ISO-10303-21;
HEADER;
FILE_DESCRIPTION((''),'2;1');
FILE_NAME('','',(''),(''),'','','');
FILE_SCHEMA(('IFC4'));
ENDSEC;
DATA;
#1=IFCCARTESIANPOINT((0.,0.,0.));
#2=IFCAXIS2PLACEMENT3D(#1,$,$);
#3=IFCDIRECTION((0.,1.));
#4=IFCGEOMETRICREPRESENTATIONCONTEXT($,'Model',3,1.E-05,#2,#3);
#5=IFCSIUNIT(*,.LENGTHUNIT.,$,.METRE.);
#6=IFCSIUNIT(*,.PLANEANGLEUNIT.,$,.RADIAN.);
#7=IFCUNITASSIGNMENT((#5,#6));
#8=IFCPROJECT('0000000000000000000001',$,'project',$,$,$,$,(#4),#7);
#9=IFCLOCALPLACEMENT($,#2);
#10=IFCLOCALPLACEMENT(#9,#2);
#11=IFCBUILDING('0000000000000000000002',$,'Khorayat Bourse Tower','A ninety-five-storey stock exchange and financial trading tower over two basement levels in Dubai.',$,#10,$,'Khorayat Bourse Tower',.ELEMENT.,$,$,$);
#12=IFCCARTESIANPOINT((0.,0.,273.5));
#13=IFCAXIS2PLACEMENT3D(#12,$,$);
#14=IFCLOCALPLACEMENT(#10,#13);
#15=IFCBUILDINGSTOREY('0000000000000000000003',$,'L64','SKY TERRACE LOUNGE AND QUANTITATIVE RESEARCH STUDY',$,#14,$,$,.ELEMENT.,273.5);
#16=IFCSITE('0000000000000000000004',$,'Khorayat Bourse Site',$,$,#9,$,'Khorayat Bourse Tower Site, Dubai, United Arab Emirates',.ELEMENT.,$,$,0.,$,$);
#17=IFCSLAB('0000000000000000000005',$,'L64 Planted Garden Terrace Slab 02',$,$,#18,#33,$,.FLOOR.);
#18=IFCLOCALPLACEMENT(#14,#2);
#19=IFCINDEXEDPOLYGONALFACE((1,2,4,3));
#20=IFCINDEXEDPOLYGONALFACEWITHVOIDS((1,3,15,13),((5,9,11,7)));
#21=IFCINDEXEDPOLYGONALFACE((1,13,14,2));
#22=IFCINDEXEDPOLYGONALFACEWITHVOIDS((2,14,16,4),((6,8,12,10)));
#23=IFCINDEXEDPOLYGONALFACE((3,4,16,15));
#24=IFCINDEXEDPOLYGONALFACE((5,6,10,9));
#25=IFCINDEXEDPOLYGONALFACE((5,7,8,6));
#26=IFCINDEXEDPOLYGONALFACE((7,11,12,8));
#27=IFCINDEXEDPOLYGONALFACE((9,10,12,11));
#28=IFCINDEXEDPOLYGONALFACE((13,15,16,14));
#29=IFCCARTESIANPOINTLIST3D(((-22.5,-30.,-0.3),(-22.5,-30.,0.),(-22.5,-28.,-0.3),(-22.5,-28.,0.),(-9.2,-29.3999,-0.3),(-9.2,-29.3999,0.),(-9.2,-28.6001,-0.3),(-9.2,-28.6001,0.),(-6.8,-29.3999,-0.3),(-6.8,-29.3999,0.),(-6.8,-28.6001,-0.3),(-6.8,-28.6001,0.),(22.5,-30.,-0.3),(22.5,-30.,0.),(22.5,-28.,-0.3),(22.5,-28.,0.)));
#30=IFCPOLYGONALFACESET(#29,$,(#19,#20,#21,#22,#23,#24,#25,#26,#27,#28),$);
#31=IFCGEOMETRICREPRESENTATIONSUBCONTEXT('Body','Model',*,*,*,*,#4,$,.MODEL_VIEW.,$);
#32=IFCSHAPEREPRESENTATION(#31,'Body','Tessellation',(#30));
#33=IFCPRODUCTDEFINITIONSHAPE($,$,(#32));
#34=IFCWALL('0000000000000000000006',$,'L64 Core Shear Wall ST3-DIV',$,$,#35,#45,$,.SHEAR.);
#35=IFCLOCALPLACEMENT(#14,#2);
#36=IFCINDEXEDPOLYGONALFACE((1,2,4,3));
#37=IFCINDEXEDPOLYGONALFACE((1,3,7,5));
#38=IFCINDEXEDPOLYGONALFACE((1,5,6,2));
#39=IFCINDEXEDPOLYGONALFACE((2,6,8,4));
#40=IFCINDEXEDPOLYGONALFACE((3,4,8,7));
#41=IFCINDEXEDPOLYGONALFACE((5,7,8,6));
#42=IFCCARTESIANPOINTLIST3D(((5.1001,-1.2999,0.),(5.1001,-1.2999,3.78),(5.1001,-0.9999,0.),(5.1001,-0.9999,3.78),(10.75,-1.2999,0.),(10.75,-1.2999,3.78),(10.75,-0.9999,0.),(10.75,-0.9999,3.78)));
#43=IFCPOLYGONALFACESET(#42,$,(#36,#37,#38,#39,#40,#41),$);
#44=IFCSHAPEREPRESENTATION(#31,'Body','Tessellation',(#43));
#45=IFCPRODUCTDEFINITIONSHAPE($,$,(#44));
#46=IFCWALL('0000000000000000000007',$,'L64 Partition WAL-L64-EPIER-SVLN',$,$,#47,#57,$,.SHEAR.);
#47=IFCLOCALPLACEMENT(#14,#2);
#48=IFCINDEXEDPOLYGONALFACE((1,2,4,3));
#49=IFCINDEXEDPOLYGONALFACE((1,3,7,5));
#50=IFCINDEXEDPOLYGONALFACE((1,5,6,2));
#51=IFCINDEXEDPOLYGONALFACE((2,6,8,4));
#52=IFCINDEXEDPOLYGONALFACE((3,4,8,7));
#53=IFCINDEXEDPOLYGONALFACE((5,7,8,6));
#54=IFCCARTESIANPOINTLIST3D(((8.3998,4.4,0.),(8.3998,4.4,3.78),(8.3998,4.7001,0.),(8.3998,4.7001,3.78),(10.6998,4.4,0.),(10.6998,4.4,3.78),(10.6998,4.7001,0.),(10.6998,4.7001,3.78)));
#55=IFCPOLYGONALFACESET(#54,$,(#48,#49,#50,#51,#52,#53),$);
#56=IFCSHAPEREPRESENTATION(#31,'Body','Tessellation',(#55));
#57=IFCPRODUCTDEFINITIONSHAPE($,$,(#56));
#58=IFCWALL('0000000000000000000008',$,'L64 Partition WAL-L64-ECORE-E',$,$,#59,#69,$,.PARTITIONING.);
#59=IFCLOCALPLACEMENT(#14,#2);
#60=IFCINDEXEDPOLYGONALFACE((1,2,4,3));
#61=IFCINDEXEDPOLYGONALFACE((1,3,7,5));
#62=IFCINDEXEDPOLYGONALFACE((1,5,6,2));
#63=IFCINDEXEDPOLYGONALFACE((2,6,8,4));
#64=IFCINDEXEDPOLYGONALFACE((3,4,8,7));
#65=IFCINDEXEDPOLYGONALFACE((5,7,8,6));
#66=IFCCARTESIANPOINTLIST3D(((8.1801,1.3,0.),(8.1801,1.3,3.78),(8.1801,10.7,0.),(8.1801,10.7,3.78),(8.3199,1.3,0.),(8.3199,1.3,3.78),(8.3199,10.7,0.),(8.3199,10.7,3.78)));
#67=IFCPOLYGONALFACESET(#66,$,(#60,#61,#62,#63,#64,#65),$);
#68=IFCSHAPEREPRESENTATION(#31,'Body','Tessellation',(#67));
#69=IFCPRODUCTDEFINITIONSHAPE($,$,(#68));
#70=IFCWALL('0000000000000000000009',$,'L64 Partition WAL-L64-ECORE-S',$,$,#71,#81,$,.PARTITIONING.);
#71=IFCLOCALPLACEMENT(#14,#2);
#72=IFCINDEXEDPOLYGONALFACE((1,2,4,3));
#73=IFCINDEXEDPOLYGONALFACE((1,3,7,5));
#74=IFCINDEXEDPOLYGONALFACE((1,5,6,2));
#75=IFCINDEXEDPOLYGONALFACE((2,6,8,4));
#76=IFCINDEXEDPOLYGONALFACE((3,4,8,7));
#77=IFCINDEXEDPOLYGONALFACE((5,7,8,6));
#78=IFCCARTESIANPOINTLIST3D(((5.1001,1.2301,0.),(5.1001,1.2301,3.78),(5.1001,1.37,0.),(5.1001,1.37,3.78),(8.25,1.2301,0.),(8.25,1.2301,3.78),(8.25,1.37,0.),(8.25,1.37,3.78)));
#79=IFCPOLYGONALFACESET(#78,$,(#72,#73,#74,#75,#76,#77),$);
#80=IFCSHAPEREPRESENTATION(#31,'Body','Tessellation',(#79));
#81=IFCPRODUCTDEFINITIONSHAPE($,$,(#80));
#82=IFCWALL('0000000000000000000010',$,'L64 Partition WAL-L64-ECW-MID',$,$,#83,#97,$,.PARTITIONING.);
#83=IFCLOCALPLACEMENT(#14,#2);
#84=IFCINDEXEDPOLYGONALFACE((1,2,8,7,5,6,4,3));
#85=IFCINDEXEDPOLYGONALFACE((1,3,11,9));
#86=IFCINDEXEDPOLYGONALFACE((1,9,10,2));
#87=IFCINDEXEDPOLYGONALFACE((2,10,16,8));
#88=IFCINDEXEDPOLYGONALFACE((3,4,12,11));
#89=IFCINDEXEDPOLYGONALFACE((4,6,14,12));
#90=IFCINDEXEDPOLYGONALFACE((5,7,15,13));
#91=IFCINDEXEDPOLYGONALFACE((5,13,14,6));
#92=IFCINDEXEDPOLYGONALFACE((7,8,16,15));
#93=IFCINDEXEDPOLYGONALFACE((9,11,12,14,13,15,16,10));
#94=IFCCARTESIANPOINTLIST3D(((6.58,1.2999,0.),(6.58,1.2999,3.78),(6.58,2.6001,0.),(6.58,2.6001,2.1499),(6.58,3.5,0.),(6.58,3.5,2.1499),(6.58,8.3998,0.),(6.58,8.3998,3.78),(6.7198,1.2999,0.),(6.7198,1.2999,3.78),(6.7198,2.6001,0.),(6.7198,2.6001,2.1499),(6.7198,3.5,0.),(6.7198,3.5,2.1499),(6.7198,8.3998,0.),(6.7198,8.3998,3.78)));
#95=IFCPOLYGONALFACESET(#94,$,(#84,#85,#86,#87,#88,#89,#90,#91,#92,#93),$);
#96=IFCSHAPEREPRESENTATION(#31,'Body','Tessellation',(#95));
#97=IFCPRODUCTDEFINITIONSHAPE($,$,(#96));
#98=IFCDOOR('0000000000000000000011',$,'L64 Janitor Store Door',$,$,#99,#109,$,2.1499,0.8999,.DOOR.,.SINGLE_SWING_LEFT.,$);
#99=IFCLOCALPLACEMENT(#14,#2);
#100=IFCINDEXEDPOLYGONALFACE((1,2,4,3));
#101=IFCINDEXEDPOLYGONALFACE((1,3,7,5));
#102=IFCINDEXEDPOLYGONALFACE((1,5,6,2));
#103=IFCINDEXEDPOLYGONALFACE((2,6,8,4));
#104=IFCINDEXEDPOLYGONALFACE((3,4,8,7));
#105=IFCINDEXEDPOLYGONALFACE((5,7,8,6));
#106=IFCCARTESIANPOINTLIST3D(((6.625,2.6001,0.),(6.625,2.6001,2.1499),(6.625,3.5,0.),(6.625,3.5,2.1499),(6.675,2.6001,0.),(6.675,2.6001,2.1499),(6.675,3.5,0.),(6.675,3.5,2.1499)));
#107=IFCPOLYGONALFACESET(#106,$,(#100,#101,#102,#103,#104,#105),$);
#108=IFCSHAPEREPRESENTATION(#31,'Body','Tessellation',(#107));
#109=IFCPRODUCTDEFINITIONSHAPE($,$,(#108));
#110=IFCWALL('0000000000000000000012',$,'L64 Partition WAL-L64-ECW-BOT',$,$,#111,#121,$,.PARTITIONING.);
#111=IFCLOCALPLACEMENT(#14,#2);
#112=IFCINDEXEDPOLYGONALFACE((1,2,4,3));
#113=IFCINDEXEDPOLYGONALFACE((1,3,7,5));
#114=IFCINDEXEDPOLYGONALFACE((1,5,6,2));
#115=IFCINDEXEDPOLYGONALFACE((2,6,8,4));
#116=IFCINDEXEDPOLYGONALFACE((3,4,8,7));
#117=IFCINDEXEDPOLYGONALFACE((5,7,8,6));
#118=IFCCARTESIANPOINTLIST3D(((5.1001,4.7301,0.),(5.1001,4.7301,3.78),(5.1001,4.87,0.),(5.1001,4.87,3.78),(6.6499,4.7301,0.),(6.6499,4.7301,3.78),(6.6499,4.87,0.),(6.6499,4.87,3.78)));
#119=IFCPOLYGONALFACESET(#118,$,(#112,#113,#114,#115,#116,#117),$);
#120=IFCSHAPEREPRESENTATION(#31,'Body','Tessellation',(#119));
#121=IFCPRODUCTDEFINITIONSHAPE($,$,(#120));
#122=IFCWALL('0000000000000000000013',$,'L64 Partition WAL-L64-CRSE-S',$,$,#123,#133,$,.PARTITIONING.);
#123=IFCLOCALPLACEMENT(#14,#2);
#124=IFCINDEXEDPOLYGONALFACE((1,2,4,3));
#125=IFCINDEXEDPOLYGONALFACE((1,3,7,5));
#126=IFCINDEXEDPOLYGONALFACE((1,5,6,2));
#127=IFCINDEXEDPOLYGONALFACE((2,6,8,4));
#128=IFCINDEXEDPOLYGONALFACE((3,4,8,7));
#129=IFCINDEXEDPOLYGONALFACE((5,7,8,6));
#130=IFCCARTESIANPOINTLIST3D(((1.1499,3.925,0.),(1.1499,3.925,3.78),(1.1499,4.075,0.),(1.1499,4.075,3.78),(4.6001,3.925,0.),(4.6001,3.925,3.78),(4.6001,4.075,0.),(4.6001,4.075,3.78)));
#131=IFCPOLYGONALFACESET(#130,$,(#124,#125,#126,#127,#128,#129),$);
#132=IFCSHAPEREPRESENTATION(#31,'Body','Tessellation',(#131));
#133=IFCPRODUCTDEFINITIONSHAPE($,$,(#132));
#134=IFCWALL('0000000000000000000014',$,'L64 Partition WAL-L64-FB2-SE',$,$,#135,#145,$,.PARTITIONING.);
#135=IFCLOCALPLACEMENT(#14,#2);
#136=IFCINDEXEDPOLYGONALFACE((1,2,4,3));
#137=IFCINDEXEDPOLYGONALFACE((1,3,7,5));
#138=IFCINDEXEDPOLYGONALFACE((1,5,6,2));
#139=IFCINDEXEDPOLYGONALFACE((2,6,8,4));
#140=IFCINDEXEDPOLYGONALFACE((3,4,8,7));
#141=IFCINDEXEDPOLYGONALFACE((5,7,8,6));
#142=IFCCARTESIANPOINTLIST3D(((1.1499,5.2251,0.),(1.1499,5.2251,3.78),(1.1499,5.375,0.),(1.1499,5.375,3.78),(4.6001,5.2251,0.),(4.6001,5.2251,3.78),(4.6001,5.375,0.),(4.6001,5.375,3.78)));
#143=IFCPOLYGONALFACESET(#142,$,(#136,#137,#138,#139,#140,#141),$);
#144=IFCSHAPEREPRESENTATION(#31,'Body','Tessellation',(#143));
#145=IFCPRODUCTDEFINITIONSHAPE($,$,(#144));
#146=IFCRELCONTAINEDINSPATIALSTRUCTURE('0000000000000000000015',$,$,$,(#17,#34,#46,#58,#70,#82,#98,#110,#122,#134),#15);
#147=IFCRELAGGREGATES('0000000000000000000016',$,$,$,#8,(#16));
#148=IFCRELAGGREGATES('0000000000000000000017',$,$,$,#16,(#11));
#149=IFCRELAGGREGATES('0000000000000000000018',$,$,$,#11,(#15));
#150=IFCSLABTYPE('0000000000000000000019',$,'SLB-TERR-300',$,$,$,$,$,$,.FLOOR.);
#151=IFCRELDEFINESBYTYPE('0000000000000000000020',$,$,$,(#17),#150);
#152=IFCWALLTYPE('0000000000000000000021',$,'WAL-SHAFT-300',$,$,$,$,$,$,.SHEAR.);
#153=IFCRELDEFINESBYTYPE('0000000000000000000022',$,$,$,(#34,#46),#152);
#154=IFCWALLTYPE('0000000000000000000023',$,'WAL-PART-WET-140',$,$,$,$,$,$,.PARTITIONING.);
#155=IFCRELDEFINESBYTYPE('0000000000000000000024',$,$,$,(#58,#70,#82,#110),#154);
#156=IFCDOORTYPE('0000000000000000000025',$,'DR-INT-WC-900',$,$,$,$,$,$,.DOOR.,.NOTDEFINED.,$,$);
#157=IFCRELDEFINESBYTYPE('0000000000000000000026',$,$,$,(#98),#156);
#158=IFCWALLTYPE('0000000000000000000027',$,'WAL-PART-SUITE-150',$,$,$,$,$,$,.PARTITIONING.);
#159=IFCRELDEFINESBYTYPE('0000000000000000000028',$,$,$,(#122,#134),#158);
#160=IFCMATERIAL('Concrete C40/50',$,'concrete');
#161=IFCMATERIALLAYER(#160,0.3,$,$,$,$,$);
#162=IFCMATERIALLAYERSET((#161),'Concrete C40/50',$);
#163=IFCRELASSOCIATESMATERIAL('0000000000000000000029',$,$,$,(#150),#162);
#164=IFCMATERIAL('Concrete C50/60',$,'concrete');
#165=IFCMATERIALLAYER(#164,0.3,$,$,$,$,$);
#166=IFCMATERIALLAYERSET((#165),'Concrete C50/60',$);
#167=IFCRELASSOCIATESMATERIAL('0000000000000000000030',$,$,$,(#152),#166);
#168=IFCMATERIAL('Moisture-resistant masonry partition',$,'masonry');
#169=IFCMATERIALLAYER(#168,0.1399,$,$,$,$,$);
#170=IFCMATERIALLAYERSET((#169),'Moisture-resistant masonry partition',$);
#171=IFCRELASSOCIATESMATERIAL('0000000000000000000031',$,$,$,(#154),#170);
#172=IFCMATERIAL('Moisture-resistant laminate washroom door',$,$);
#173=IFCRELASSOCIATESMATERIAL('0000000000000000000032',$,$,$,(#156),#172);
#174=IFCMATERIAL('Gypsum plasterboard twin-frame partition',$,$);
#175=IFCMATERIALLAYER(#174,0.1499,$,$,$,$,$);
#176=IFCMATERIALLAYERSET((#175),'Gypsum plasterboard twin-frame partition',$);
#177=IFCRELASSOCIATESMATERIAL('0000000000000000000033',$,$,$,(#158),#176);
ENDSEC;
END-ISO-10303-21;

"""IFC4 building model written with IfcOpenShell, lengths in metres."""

from ifc_helpers import new_model, si_unit, direction, frame, frame_2d, origin, place, context, subcontext, project, spatial, polyline, rectangle, outline, extrude, source, transform, mapped, material, layer, layer_set, type_object, element, fill, save


model = new_model("IFC4")

# Units and contexts
model_context = context("Model", 3, precision=1e-05, world=origin(), true_north=direction((0.0, 1.0)))
body_context = subcontext(model_context, "Body", "Model", "MODEL_VIEW")
ifc_project = project(units=[si_unit("LENGTHUNIT", "METRE"), si_unit("PLANEANGLEUNIT", "RADIAN")], contexts=[model_context])

# Site, building, storey
site_placement = place(None, origin())
site = spatial("IfcSite", under=ifc_project, at=site_placement, Name="Khorayat Bourse Site", LongName="Khorayat Bourse Tower Site, Dubai, United Arab Emirates", CompositionType="ELEMENT", RefElevation=0.0)
building_placement = place(site_placement, origin())
building = spatial("IfcBuilding", under=site, at=building_placement, Name="Khorayat Bourse Tower", Description="A ninety-five-storey stock exchange and financial trading tower over two basement levels in Dubai.", LongName="Khorayat Bourse Tower", CompositionType="ELEMENT")
storey_placement = place(building_placement, frame((0.0, 0.0, 273.5)))
storey = spatial("IfcBuildingStorey", under=building, at=storey_placement, Name="L64", Description="SKY TERRACE LOUNGE AND QUANTITATIVE RESEARCH STUDY", CompositionType="ELEMENT", Elevation=273.5)

# Shared definitions
ifc_material_1 = material(Name="Concrete C40/50", Category="concrete")

# Slab
ifc_layer_1 = layer(ifc_material_1, 0.3)
ifc_layer_set_1 = layer_set([ifc_layer_1], Name="Concrete C40/50")
slab_type_1 = type_object("IfcSlabType", Name="SLB-TERR-300", PredefinedType="FLOOR", material=ifc_layer_set_1)
slab_1_placement = place(storey_placement, frame((0.0, 0.0, -0.3)))
element("IfcSlab", 1, at=slab_1_placement, inside=storey, type_object=slab_type_1, Name="L64 Planted Garden Terrace Slab 02", PredefinedType="FLOOR", context=body_context, shape_type="SweptSolid", body=[
    extrude(outline(polyline([(-22.5, -30.0), (22.5, -30.0), (22.5, -28.0), (-22.5, -28.0), (-22.5, -30.0)]), holes=[polyline([(-9.2, -29.3999), (-6.8, -29.3999), (-6.8, -28.6001), (-9.2, -28.6001), (-9.2, -29.3999)])]), origin(), (0.0, 0.0, 1.0), 0.3),
])

# Walls
ifc_material_2 = material(Name="Concrete C50/60", Category="concrete")
ifc_layer_2 = layer(ifc_material_2, 0.3)
ifc_layer_set_2 = layer_set([ifc_layer_2], Name="Concrete C50/60")
wall_type_1 = type_object("IfcWallType", Name="WAL-SHAFT-300", PredefinedType="SHEAR", material=ifc_layer_set_2)
shared_shape_1 = source(origin(), body_context, "Body", "SweptSolid", [
    extrude(rectangle(XDim=5.6499, YDim=0.3, at=frame_2d((2.825, 0.0))), origin(), (0.0, 0.0, 1.0), 3.78),
])
wall_1_placement = place(storey_placement, frame((5.1001, -1.1499, 0.0), z_axis=(0.0, 0.0, 1.0), x_axis=(1.0, 0.0, 0.0)))
element("IfcWall", 2, at=wall_1_placement, inside=storey, type_object=wall_type_1, Name="L64 Core Shear Wall ST3-DIV", PredefinedType="SHEAR", context=body_context, shape_type="MappedRepresentation", body=[
    mapped(shared_shape_1, transform((0.0, 0.0, 0.0), scale=1.0)),
])
shared_shape_2 = source(origin(), body_context, "Body", "SweptSolid", [
    extrude(rectangle(XDim=2.3, YDim=0.3, at=frame_2d((1.1499, 0.0))), origin(), (0.0, 0.0, 1.0), 3.78),
])
wall_2_placement = place(storey_placement, frame((8.3999, 4.55, 0.0), z_axis=(0.0, 0.0, 1.0), x_axis=(1.0, 0.0, 0.0)))
element("IfcWall", 3, at=wall_2_placement, inside=storey, type_object=wall_type_1, Name="L64 Partition WAL-L64-EPIER-SVLN", PredefinedType="SHEAR", context=body_context, shape_type="MappedRepresentation", body=[
    mapped(shared_shape_2, transform((0.0, 0.0, 0.0), scale=1.0)),
])
ifc_material_3 = material(Name="Moisture-resistant masonry partition", Category="masonry")
ifc_layer_3 = layer(ifc_material_3, 0.1399)
ifc_layer_set_3 = layer_set([ifc_layer_3], Name="Moisture-resistant masonry partition")
wall_type_2 = type_object("IfcWallType", Name="WAL-PART-WET-140", PredefinedType="PARTITIONING", material=ifc_layer_set_3)
shared_shape_3 = source(origin(), body_context, "Body", "SweptSolid", [
    extrude(rectangle(XDim=9.3999, YDim=0.1399, at=frame_2d((4.7, 0.0))), origin(), (0.0, 0.0, 1.0), 3.78),
])
wall_3_placement = place(storey_placement, frame((8.25, 1.3, 0.0), z_axis=(0.0, 0.0, 1.0), x_axis=(0.0, 1.0, 0.0)))
element("IfcWall", 4, at=wall_3_placement, inside=storey, type_object=wall_type_2, Name="L64 Partition WAL-L64-ECORE-E", PredefinedType="PARTITIONING", context=body_context, shape_type="MappedRepresentation", body=[
    mapped(shared_shape_3, transform((0.0, 0.0, 0.0), scale=1.0)),
])
shared_shape_4 = source(origin(), body_context, "Body", "SweptSolid", [
    extrude(rectangle(XDim=3.1499, YDim=0.1399, at=frame_2d((1.575, 0.0))), origin(), (0.0, 0.0, 1.0), 3.78),
])
wall_4_placement = place(storey_placement, frame((5.1001, 1.3, 0.0), z_axis=(0.0, 0.0, 1.0), x_axis=(1.0, 0.0, 0.0)))
element("IfcWall", 5, at=wall_4_placement, inside=storey, type_object=wall_type_2, Name="L64 Partition WAL-L64-ECORE-S", PredefinedType="PARTITIONING", context=body_context, shape_type="MappedRepresentation", body=[
    mapped(shared_shape_4, transform((0.0, 0.0, 0.0), scale=1.0)),
])

# Wall, opening, door
shared_shape_5 = source(origin(), body_context, "Body", "SweptSolid", [
    extrude(rectangle(XDim=7.0999, YDim=0.1399, at=frame_2d((3.5498, 0.0))), origin(), (0.0, 0.0, 1.0), 3.78),
])
wall_5_placement = place(storey_placement, frame((6.6499, 1.3, 0.0), z_axis=(0.0, 0.0, 1.0), x_axis=(0.0, 1.0, 0.0)))
wall_5 = element("IfcWall", 6, at=wall_5_placement, inside=storey, type_object=wall_type_2, Name="L64 Partition WAL-L64-ECW-MID", PredefinedType="PARTITIONING", context=body_context, shape_type="MappedRepresentation", body=[
    mapped(shared_shape_5, transform((0.0, 0.0, 0.0), scale=1.0)),
])
shared_shape_6 = source(origin(), body_context, "Body", "SweptSolid", [
    extrude(rectangle(XDim=0.8999, YDim=2.1499, at=frame_2d((0.45, 1.075))), frame((0.0, 0.0798, 0.0), z_axis=(0.0, -1.0, 0.0), x_axis=(1.0, 0.0, 0.0)), (0.0, 0.0, 1.0), 0.1599),
])
opening_1_placement = place(wall_5_placement, frame((1.3, 0.0, 0.0)))
opening_1 = element("IfcOpeningElement", 7, at=opening_1_placement, cuts=wall_5, PredefinedType="OPENING", context=body_context, shape_type="MappedRepresentation", body=[
    mapped(shared_shape_6, transform((0.0, 0.0, 0.0), scale=1.0)),
])
ifc_material_4 = material(Name="Moisture-resistant laminate washroom door")
door_type = type_object("IfcDoorType", Name="DR-INT-WC-900", OperationType="NOTDEFINED", PredefinedType="DOOR", material=ifc_material_4)
shared_shape_7 = source(origin(), body_context, "Body", "SweptSolid", [
    extrude(rectangle(XDim=0.8999, YDim=2.1499, at=frame_2d((0.45, 1.075))), frame((0.0, 0.0249, 0.0), z_axis=(0.0, -1.0, 0.0), x_axis=(1.0, 0.0, 0.0)), (0.0, 0.0, 1.0), 0.05),
])
door_1_placement = place(opening_1_placement, origin())
door_1 = element("IfcDoor", 8, at=door_1_placement, inside=storey, type_object=door_type, Name="L64 Janitor Store Door", OperationType="SINGLE_SWING_LEFT", OverallHeight=2.1499, OverallWidth=0.8999, PredefinedType="DOOR", context=body_context, shape_type="MappedRepresentation", body=[
    mapped(shared_shape_7, transform((0.0, 0.0, 0.0), scale=1.0)),
])
fill(opening_1, door_1)

# Walls
shared_shape_8 = source(origin(), body_context, "Body", "SweptSolid", [
    extrude(rectangle(XDim=1.5498, YDim=0.1399, at=frame_2d((0.7749, 0.0))), origin(), (0.0, 0.0, 1.0), 3.78),
])
wall_6_placement = place(storey_placement, frame((5.1001, 4.8, 0.0), z_axis=(0.0, 0.0, 1.0), x_axis=(1.0, 0.0, 0.0)))
element("IfcWall", 9, at=wall_6_placement, inside=storey, type_object=wall_type_2, Name="L64 Partition WAL-L64-ECW-BOT", PredefinedType="PARTITIONING", context=body_context, shape_type="MappedRepresentation", body=[
    mapped(shared_shape_8, transform((0.0, 0.0, 0.0), scale=1.0)),
])
ifc_material_5 = material(Name="Gypsum plasterboard twin-frame partition")
ifc_layer_4 = layer(ifc_material_5, 0.1499)
ifc_layer_set_4 = layer_set([ifc_layer_4], Name="Gypsum plasterboard twin-frame partition")
wall_type_3 = type_object("IfcWallType", Name="WAL-PART-SUITE-150", PredefinedType="PARTITIONING", material=ifc_layer_set_4)
shared_shape_9 = source(origin(), body_context, "Body", "SweptSolid", [
    extrude(rectangle(XDim=3.4502, YDim=0.1499, at=frame_2d((1.7251, 0.0))), origin(), (0.0, 0.0, 1.0), 3.78),
])
for number, where, z_axis, x_axis, name in (
    (10, (1.1499, 4.0, 0.0), (0.0, 0.0, 1.0), (1.0, 0.0, 0.0), "L64 Partition WAL-L64-CRSE-S"),
    (11, (1.1499, 5.3, 0.0), (0.0, 0.0, 1.0), (1.0, 0.0, 0.0), "L64 Partition WAL-L64-FB2-SE"),
):
    element("IfcWall", number, at=place(storey_placement, frame(where, z_axis=z_axis, x_axis=x_axis)), inside=storey, type_object=wall_type_3, Name=name, PredefinedType="PARTITIONING", context=body_context, shape_type="MappedRepresentation", body=[
        mapped(shared_shape_9, transform((0.0, 0.0, 0.0), scale=1.0)),
    ])

save(model, "model.ifc")
